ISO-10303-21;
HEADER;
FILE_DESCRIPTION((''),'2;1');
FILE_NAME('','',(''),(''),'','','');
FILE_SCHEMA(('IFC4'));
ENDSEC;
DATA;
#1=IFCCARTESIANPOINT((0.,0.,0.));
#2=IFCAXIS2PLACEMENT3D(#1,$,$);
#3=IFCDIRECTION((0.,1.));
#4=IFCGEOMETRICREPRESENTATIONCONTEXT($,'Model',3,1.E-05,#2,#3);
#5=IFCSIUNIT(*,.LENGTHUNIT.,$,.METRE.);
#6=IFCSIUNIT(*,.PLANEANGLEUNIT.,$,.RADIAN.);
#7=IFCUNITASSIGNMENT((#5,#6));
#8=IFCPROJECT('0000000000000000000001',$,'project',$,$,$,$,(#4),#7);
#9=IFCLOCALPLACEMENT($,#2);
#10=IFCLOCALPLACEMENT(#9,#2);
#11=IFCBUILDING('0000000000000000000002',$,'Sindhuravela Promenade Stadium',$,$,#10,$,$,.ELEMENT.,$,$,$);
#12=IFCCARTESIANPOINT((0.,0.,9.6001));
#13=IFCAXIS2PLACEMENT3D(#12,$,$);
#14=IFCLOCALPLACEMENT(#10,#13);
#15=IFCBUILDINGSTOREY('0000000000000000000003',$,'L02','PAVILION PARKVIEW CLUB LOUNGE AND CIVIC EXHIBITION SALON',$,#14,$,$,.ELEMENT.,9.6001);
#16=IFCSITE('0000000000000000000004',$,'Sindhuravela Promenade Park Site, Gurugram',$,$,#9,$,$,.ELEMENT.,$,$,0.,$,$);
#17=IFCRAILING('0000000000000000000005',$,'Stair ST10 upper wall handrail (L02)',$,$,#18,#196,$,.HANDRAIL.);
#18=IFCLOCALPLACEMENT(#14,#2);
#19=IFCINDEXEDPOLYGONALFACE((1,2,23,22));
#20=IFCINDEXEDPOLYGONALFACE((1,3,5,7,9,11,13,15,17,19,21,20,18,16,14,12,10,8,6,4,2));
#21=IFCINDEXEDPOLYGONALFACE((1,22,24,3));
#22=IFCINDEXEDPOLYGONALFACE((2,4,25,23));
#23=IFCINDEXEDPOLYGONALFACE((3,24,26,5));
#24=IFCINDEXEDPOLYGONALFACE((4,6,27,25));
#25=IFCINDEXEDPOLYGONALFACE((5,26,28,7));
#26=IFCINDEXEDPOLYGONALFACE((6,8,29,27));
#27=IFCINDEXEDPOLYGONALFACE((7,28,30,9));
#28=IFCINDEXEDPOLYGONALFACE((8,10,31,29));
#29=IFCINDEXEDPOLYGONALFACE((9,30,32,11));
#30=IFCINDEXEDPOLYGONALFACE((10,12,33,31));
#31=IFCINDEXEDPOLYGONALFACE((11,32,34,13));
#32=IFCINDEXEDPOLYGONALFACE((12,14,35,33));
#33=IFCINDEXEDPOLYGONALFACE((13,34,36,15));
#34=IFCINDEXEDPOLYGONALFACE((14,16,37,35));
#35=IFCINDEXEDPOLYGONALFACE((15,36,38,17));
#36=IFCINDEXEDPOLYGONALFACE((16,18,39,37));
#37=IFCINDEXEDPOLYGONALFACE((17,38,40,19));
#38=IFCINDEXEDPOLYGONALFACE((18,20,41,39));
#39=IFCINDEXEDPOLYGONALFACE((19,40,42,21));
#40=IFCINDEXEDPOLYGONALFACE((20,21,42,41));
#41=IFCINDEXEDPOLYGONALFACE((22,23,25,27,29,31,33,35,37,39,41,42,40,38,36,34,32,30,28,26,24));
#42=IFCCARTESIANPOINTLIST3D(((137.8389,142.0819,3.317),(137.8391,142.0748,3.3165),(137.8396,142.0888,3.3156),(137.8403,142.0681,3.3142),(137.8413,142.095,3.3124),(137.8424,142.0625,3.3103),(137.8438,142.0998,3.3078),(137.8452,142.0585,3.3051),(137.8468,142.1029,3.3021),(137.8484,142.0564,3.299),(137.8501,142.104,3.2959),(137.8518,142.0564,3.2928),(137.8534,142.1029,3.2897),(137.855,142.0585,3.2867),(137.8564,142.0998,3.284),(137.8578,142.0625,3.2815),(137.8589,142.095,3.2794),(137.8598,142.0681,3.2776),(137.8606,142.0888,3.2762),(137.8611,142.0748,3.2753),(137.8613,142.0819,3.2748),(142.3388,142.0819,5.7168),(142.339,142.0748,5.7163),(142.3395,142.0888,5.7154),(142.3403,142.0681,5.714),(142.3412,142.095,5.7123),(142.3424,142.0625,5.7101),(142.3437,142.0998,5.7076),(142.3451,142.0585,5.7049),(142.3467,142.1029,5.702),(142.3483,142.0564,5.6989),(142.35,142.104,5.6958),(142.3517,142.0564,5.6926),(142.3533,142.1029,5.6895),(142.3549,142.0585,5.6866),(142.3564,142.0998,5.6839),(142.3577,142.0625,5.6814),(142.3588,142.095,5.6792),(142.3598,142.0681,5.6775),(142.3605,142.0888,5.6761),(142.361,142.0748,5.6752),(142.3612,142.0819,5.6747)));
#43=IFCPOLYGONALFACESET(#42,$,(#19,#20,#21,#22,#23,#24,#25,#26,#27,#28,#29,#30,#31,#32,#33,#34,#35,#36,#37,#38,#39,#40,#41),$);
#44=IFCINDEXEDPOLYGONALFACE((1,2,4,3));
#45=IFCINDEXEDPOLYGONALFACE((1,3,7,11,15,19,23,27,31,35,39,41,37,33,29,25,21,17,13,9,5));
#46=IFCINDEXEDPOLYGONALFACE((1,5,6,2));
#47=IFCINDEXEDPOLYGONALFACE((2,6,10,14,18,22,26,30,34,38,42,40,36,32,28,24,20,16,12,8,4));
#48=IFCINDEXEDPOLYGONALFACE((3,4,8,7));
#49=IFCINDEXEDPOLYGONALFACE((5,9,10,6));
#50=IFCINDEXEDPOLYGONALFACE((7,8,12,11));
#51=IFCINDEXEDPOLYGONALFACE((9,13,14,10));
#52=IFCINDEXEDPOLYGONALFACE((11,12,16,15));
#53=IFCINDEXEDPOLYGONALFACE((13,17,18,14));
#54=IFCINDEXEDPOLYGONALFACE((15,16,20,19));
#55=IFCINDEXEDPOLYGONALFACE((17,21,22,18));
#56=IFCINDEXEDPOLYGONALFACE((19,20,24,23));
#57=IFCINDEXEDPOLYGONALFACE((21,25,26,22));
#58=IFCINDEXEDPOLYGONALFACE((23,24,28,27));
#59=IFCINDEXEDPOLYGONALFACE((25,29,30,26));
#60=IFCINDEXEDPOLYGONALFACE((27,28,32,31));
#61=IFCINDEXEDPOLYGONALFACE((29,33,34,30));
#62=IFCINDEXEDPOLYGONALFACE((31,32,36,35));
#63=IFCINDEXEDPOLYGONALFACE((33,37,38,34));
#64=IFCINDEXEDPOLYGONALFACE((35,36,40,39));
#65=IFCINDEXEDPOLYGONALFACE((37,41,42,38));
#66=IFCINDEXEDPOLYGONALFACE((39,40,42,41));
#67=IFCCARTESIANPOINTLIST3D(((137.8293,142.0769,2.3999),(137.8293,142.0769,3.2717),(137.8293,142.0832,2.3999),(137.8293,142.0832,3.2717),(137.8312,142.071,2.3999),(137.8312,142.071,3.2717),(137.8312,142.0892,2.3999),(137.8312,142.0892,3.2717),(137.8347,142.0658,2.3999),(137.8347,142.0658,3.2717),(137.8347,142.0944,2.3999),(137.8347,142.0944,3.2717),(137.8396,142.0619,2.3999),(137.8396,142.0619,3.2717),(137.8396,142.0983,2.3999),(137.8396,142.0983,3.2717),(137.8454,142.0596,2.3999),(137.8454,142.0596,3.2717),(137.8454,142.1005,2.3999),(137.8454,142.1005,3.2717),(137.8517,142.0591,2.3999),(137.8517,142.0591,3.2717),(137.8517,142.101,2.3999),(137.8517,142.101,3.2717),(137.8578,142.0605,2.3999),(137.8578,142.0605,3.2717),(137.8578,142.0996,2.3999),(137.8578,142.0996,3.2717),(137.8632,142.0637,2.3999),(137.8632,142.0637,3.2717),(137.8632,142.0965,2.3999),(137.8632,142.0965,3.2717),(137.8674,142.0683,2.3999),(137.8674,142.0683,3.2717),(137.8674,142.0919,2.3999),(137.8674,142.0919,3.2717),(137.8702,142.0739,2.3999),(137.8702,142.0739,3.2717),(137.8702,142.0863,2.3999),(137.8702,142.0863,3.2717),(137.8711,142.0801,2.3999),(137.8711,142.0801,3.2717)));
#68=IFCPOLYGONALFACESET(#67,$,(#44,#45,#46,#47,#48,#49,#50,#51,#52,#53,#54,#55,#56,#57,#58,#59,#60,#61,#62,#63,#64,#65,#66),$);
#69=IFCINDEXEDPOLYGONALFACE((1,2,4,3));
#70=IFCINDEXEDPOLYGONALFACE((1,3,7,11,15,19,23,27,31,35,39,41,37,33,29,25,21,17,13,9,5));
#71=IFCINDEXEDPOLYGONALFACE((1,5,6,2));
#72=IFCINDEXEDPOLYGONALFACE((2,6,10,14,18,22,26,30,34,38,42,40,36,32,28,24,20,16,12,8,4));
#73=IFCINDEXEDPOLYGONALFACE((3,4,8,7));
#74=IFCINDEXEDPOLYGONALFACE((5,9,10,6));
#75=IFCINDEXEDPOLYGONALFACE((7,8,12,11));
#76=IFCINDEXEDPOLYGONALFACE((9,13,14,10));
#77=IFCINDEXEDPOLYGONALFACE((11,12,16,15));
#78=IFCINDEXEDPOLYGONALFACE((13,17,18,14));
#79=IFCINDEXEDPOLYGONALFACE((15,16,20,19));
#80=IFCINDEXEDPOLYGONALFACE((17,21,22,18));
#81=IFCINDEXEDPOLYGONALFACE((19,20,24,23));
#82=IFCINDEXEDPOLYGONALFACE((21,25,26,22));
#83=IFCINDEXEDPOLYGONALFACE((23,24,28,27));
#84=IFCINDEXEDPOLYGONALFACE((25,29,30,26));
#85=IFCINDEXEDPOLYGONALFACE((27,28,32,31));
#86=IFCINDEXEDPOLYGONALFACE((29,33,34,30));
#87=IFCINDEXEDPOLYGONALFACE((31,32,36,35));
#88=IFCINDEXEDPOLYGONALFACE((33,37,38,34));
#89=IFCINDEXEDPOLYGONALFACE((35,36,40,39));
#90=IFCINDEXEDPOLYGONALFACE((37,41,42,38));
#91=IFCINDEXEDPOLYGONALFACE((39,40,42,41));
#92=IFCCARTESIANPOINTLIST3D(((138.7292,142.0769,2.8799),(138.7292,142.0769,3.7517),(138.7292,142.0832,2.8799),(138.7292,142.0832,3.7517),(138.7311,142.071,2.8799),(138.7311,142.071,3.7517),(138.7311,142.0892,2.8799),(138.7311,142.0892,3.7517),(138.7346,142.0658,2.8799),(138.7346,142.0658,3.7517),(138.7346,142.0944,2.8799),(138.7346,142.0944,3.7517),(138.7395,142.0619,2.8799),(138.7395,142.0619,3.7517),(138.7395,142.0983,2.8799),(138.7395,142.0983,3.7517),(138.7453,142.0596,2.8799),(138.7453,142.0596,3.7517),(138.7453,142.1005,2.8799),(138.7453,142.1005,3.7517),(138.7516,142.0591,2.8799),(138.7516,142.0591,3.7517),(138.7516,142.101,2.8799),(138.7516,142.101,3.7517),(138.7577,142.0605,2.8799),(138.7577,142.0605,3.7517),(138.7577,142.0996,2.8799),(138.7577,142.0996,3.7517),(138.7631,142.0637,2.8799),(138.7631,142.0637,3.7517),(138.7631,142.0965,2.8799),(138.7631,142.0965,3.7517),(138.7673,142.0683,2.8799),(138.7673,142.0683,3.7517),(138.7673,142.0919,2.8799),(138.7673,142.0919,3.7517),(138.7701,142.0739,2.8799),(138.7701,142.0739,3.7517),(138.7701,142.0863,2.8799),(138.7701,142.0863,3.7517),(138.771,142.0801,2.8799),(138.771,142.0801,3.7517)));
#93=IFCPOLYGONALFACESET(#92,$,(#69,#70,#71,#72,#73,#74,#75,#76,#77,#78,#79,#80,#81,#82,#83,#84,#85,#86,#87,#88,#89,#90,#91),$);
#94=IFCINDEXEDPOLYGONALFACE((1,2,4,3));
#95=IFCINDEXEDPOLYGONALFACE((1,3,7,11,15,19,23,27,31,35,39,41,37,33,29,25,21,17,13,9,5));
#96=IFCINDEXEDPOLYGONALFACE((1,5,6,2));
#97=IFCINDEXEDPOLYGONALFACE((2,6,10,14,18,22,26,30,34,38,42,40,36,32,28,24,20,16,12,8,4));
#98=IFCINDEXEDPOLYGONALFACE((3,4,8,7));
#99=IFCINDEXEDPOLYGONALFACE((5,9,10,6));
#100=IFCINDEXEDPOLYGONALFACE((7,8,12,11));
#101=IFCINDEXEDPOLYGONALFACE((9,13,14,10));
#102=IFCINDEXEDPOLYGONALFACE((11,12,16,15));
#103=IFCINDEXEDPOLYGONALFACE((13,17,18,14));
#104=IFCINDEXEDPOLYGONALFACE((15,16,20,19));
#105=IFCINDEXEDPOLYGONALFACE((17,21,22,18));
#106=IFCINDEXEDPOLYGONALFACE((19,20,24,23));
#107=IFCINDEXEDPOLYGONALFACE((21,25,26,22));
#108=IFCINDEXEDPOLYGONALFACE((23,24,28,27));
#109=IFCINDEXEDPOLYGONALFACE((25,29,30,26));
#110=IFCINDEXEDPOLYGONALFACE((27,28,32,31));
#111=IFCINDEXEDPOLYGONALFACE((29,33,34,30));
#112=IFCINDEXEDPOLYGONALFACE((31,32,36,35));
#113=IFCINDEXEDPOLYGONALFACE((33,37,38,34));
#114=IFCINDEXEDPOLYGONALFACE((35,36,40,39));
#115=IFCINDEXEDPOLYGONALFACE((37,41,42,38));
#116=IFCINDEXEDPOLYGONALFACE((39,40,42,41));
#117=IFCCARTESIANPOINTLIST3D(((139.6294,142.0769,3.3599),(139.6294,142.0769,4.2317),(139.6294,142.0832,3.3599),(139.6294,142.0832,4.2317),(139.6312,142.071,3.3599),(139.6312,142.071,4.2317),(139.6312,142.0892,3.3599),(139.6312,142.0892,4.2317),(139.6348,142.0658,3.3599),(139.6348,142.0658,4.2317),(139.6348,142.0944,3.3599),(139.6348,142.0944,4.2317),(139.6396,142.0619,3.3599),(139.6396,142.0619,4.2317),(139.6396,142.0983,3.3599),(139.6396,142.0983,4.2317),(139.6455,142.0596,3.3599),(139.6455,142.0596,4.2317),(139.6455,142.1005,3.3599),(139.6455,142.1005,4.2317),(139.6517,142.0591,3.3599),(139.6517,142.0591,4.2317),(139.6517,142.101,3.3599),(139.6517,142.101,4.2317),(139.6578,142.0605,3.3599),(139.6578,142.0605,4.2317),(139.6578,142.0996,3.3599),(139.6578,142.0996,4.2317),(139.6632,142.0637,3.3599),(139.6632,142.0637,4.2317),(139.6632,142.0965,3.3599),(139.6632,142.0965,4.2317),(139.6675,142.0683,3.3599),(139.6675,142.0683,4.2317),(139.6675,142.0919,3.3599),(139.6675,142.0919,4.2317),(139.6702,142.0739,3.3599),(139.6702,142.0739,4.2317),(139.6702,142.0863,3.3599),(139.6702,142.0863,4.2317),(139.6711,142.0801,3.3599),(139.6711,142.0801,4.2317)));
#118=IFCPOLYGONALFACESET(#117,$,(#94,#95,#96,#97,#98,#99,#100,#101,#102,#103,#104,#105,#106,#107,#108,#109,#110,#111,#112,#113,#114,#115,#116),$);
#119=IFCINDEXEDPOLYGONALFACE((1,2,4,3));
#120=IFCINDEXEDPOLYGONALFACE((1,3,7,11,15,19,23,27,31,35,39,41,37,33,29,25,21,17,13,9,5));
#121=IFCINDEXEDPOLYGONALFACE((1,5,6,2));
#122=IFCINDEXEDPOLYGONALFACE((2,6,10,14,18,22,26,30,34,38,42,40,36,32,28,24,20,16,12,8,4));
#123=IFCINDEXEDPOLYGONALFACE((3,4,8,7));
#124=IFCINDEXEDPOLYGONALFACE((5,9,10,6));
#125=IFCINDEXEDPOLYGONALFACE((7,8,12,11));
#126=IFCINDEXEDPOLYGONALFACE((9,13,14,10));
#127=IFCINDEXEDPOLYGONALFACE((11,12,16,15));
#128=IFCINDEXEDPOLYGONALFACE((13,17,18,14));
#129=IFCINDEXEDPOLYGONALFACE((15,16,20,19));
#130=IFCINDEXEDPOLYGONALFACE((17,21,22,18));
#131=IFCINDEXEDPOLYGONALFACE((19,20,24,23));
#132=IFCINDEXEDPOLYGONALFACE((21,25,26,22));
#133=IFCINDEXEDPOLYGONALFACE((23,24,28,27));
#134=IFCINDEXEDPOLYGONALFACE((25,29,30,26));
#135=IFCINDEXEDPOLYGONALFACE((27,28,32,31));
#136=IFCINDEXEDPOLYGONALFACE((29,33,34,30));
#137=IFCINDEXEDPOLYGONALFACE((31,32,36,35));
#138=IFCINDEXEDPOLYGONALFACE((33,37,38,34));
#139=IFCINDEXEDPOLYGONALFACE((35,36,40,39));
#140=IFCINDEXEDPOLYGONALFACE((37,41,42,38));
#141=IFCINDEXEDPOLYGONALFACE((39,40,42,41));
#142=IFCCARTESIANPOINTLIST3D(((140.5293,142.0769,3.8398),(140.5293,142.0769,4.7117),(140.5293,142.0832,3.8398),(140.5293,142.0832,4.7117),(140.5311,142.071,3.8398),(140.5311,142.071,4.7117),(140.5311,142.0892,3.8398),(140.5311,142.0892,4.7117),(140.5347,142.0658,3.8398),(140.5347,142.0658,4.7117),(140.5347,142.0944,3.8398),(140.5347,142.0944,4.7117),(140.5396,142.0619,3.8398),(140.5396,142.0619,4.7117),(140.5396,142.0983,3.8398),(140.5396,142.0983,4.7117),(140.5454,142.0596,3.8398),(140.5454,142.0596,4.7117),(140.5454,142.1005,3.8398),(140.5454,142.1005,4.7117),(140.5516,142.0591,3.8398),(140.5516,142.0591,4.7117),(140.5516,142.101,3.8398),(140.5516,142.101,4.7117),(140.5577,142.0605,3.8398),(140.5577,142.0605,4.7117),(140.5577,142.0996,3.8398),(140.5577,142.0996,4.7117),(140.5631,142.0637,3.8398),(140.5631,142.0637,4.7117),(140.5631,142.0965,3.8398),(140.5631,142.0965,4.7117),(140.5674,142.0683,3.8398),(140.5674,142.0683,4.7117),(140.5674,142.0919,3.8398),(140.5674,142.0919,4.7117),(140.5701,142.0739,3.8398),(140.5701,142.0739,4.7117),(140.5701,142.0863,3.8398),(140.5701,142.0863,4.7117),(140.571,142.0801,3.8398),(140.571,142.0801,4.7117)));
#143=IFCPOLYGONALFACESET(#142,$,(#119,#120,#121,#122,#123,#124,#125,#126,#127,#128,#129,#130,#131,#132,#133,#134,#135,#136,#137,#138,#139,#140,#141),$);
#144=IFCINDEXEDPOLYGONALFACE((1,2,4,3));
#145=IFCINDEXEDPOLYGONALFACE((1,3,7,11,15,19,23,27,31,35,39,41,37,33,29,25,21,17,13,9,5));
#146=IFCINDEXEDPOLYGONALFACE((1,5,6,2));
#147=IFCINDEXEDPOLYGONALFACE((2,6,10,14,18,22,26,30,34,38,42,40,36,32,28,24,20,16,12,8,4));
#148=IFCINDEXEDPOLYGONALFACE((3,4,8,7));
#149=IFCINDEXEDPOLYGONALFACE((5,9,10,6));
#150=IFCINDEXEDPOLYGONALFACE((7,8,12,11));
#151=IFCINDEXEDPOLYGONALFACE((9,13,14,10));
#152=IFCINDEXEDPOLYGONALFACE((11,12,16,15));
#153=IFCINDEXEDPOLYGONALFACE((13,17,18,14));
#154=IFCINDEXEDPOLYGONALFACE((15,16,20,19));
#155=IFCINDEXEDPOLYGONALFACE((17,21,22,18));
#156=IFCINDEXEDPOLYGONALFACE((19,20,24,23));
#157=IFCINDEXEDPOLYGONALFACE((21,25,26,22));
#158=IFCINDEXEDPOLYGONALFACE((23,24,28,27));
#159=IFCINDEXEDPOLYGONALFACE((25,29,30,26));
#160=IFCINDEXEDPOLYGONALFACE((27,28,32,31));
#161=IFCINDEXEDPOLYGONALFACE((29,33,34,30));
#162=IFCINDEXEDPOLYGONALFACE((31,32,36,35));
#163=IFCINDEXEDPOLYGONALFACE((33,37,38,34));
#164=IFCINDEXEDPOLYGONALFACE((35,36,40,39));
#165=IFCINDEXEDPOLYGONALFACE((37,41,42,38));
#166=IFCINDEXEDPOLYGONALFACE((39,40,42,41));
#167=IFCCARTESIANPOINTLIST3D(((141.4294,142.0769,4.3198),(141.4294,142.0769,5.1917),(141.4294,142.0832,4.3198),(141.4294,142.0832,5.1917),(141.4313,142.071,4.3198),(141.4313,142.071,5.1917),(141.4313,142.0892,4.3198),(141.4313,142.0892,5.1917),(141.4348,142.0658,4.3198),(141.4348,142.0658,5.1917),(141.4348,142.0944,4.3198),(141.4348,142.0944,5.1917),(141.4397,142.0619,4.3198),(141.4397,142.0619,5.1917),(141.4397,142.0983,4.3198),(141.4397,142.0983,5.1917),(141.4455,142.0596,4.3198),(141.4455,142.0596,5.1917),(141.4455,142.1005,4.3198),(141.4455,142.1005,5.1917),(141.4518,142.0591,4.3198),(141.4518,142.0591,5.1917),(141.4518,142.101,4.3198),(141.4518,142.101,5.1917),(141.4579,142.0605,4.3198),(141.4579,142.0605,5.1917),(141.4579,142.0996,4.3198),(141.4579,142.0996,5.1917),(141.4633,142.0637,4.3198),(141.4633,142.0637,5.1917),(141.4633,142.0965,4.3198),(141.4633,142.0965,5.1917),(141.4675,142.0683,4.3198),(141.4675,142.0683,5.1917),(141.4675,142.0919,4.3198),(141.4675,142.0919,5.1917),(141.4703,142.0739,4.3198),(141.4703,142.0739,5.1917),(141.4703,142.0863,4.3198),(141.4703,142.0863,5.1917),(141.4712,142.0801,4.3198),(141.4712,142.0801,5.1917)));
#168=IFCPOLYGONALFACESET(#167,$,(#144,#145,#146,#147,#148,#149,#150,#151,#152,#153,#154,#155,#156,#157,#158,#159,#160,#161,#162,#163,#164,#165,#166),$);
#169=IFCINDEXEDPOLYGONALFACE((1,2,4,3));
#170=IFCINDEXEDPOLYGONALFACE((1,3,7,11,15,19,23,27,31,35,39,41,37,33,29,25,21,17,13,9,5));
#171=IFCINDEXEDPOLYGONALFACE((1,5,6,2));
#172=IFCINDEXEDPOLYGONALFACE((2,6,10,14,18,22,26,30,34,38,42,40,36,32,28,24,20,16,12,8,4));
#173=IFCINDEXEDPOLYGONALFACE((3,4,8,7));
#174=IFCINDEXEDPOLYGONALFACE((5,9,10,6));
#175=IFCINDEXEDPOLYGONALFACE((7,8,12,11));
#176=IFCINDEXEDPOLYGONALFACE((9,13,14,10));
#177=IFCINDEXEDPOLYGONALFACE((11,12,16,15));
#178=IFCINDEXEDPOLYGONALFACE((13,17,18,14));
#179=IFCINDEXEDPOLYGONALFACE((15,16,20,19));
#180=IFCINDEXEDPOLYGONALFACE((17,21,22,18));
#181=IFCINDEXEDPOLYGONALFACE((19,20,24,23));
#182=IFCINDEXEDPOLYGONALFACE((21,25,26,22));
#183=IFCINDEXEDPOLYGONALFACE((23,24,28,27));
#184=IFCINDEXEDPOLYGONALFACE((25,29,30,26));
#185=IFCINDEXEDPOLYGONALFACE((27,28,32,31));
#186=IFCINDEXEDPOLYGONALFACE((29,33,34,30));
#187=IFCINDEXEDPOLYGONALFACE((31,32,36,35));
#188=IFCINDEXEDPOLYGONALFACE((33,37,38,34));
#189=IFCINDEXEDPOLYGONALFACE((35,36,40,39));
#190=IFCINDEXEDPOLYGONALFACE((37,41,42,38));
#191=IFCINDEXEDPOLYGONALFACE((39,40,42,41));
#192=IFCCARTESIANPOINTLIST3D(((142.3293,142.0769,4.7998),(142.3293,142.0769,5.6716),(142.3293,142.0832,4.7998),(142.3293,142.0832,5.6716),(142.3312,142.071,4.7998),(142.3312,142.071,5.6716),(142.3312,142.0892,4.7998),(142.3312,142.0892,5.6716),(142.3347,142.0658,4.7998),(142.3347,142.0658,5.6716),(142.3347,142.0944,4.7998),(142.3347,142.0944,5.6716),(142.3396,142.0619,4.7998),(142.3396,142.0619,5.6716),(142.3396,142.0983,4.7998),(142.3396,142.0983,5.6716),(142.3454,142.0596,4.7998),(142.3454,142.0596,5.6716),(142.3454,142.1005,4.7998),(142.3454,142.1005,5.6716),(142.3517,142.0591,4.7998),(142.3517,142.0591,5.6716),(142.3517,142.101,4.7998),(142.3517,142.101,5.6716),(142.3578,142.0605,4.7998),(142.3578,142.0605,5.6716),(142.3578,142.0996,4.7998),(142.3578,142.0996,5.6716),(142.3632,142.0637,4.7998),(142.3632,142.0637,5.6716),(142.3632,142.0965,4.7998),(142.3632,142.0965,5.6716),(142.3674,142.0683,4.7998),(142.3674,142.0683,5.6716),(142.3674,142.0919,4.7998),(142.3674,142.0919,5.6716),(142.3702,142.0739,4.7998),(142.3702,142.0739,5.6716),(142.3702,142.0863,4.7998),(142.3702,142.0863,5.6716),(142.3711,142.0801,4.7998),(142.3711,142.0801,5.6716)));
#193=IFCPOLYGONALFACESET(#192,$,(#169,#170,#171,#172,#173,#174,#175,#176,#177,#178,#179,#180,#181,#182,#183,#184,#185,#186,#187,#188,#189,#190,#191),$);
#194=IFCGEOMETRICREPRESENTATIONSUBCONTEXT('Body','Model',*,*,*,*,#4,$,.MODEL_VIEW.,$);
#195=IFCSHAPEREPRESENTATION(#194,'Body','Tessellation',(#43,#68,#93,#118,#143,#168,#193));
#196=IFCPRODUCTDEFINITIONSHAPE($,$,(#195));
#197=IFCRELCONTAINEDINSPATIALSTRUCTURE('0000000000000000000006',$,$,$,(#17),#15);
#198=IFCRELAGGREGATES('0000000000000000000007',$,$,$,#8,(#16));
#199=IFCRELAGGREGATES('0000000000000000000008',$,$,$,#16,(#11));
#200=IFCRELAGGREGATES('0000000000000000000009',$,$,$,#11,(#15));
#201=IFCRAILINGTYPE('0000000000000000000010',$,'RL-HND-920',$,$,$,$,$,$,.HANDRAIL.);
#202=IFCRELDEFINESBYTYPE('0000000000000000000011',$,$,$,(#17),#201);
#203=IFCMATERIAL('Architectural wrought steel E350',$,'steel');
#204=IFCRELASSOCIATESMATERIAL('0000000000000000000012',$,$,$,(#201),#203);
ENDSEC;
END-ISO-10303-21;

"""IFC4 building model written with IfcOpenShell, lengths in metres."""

from ifc_helpers import new_model, si_unit, direction, frame, origin, origin_2d, place, context, subcontext, project, spatial, circle, extrude, material, type_object, element, save


model = new_model("IFC4")

# Units and contexts
model_context = context("Model", 3, precision=1e-05, world=origin(), true_north=direction((0.0, 1.0)))
body_context = subcontext(model_context, "Body", "Model", "MODEL_VIEW")
ifc_project = project(units=[si_unit("LENGTHUNIT", "METRE"), si_unit("PLANEANGLEUNIT", "RADIAN")], contexts=[model_context])

# Site, building, storey
site_placement = place(None, origin())
site = spatial("IfcSite", under=ifc_project, at=site_placement, Name="Sindhuravela Promenade Park Site, Gurugram", CompositionType="ELEMENT", RefElevation=0.0)
building_placement = place(site_placement, origin())
building = spatial("IfcBuilding", under=site, at=building_placement, Name="Sindhuravela Promenade Stadium", CompositionType="ELEMENT")
storey_placement = place(building_placement, frame((0.0, 0.0, 9.6001)))
storey = spatial("IfcBuildingStorey", under=building, at=storey_placement, Name="L02", Description="PAVILION PARKVIEW CLUB LOUNGE AND CIVIC EXHIBITION SALON", CompositionType="ELEMENT", Elevation=9.6001)

# Railing
ifc_material_1 = material(Name="Architectural wrought steel E350", Category="steel")
railing_type = type_object("IfcRailingType", Name="RL-HND-920", PredefinedType="HANDRAIL", material=ifc_material_1)
railing_placement = place(storey_placement, frame((137.8501, 142.0801, 2.3999)))
element("IfcRailing", 1, at=railing_placement, inside=storey, type_object=railing_type, Name="Stair ST10 upper wall handrail (L02)", PredefinedType="HANDRAIL", context=body_context, shape_type="SweptSolid", body=[
    extrude(circle(Radius=0.0239, at=origin_2d()), frame((0.0, 0.0, 0.896), z_axis=(0.882361, 0.0, 0.470573), x_axis=(0.0, 1.0, 0.0)), (0.0, 0.0, 1.0), 5.0999),
    extrude(circle(Radius=0.021, at=origin_2d()), origin(), (0.0, 0.0, 1.0), 0.8718),
    extrude(circle(Radius=0.021, at=origin_2d()), frame((0.8999, 0.0, 0.48)), (0.0, 0.0, 1.0), 0.8718),
    extrude(circle(Radius=0.021, at=origin_2d()), frame((1.8, 0.0, 0.96)), (0.0, 0.0, 1.0), 0.8718),
    extrude(circle(Radius=0.021, at=origin_2d()), frame((2.7, 0.0, 1.4399)), (0.0, 0.0, 1.0), 0.8718),
    extrude(circle(Radius=0.021, at=origin_2d()), frame((3.6001, 0.0, 1.9199)), (0.0, 0.0, 1.0), 0.8718),
    extrude(circle(Radius=0.021, at=origin_2d()), frame((4.5, 0.0, 2.3999)), (0.0, 0.0, 1.0), 0.8718),
])

save(model, "model.ifc")
